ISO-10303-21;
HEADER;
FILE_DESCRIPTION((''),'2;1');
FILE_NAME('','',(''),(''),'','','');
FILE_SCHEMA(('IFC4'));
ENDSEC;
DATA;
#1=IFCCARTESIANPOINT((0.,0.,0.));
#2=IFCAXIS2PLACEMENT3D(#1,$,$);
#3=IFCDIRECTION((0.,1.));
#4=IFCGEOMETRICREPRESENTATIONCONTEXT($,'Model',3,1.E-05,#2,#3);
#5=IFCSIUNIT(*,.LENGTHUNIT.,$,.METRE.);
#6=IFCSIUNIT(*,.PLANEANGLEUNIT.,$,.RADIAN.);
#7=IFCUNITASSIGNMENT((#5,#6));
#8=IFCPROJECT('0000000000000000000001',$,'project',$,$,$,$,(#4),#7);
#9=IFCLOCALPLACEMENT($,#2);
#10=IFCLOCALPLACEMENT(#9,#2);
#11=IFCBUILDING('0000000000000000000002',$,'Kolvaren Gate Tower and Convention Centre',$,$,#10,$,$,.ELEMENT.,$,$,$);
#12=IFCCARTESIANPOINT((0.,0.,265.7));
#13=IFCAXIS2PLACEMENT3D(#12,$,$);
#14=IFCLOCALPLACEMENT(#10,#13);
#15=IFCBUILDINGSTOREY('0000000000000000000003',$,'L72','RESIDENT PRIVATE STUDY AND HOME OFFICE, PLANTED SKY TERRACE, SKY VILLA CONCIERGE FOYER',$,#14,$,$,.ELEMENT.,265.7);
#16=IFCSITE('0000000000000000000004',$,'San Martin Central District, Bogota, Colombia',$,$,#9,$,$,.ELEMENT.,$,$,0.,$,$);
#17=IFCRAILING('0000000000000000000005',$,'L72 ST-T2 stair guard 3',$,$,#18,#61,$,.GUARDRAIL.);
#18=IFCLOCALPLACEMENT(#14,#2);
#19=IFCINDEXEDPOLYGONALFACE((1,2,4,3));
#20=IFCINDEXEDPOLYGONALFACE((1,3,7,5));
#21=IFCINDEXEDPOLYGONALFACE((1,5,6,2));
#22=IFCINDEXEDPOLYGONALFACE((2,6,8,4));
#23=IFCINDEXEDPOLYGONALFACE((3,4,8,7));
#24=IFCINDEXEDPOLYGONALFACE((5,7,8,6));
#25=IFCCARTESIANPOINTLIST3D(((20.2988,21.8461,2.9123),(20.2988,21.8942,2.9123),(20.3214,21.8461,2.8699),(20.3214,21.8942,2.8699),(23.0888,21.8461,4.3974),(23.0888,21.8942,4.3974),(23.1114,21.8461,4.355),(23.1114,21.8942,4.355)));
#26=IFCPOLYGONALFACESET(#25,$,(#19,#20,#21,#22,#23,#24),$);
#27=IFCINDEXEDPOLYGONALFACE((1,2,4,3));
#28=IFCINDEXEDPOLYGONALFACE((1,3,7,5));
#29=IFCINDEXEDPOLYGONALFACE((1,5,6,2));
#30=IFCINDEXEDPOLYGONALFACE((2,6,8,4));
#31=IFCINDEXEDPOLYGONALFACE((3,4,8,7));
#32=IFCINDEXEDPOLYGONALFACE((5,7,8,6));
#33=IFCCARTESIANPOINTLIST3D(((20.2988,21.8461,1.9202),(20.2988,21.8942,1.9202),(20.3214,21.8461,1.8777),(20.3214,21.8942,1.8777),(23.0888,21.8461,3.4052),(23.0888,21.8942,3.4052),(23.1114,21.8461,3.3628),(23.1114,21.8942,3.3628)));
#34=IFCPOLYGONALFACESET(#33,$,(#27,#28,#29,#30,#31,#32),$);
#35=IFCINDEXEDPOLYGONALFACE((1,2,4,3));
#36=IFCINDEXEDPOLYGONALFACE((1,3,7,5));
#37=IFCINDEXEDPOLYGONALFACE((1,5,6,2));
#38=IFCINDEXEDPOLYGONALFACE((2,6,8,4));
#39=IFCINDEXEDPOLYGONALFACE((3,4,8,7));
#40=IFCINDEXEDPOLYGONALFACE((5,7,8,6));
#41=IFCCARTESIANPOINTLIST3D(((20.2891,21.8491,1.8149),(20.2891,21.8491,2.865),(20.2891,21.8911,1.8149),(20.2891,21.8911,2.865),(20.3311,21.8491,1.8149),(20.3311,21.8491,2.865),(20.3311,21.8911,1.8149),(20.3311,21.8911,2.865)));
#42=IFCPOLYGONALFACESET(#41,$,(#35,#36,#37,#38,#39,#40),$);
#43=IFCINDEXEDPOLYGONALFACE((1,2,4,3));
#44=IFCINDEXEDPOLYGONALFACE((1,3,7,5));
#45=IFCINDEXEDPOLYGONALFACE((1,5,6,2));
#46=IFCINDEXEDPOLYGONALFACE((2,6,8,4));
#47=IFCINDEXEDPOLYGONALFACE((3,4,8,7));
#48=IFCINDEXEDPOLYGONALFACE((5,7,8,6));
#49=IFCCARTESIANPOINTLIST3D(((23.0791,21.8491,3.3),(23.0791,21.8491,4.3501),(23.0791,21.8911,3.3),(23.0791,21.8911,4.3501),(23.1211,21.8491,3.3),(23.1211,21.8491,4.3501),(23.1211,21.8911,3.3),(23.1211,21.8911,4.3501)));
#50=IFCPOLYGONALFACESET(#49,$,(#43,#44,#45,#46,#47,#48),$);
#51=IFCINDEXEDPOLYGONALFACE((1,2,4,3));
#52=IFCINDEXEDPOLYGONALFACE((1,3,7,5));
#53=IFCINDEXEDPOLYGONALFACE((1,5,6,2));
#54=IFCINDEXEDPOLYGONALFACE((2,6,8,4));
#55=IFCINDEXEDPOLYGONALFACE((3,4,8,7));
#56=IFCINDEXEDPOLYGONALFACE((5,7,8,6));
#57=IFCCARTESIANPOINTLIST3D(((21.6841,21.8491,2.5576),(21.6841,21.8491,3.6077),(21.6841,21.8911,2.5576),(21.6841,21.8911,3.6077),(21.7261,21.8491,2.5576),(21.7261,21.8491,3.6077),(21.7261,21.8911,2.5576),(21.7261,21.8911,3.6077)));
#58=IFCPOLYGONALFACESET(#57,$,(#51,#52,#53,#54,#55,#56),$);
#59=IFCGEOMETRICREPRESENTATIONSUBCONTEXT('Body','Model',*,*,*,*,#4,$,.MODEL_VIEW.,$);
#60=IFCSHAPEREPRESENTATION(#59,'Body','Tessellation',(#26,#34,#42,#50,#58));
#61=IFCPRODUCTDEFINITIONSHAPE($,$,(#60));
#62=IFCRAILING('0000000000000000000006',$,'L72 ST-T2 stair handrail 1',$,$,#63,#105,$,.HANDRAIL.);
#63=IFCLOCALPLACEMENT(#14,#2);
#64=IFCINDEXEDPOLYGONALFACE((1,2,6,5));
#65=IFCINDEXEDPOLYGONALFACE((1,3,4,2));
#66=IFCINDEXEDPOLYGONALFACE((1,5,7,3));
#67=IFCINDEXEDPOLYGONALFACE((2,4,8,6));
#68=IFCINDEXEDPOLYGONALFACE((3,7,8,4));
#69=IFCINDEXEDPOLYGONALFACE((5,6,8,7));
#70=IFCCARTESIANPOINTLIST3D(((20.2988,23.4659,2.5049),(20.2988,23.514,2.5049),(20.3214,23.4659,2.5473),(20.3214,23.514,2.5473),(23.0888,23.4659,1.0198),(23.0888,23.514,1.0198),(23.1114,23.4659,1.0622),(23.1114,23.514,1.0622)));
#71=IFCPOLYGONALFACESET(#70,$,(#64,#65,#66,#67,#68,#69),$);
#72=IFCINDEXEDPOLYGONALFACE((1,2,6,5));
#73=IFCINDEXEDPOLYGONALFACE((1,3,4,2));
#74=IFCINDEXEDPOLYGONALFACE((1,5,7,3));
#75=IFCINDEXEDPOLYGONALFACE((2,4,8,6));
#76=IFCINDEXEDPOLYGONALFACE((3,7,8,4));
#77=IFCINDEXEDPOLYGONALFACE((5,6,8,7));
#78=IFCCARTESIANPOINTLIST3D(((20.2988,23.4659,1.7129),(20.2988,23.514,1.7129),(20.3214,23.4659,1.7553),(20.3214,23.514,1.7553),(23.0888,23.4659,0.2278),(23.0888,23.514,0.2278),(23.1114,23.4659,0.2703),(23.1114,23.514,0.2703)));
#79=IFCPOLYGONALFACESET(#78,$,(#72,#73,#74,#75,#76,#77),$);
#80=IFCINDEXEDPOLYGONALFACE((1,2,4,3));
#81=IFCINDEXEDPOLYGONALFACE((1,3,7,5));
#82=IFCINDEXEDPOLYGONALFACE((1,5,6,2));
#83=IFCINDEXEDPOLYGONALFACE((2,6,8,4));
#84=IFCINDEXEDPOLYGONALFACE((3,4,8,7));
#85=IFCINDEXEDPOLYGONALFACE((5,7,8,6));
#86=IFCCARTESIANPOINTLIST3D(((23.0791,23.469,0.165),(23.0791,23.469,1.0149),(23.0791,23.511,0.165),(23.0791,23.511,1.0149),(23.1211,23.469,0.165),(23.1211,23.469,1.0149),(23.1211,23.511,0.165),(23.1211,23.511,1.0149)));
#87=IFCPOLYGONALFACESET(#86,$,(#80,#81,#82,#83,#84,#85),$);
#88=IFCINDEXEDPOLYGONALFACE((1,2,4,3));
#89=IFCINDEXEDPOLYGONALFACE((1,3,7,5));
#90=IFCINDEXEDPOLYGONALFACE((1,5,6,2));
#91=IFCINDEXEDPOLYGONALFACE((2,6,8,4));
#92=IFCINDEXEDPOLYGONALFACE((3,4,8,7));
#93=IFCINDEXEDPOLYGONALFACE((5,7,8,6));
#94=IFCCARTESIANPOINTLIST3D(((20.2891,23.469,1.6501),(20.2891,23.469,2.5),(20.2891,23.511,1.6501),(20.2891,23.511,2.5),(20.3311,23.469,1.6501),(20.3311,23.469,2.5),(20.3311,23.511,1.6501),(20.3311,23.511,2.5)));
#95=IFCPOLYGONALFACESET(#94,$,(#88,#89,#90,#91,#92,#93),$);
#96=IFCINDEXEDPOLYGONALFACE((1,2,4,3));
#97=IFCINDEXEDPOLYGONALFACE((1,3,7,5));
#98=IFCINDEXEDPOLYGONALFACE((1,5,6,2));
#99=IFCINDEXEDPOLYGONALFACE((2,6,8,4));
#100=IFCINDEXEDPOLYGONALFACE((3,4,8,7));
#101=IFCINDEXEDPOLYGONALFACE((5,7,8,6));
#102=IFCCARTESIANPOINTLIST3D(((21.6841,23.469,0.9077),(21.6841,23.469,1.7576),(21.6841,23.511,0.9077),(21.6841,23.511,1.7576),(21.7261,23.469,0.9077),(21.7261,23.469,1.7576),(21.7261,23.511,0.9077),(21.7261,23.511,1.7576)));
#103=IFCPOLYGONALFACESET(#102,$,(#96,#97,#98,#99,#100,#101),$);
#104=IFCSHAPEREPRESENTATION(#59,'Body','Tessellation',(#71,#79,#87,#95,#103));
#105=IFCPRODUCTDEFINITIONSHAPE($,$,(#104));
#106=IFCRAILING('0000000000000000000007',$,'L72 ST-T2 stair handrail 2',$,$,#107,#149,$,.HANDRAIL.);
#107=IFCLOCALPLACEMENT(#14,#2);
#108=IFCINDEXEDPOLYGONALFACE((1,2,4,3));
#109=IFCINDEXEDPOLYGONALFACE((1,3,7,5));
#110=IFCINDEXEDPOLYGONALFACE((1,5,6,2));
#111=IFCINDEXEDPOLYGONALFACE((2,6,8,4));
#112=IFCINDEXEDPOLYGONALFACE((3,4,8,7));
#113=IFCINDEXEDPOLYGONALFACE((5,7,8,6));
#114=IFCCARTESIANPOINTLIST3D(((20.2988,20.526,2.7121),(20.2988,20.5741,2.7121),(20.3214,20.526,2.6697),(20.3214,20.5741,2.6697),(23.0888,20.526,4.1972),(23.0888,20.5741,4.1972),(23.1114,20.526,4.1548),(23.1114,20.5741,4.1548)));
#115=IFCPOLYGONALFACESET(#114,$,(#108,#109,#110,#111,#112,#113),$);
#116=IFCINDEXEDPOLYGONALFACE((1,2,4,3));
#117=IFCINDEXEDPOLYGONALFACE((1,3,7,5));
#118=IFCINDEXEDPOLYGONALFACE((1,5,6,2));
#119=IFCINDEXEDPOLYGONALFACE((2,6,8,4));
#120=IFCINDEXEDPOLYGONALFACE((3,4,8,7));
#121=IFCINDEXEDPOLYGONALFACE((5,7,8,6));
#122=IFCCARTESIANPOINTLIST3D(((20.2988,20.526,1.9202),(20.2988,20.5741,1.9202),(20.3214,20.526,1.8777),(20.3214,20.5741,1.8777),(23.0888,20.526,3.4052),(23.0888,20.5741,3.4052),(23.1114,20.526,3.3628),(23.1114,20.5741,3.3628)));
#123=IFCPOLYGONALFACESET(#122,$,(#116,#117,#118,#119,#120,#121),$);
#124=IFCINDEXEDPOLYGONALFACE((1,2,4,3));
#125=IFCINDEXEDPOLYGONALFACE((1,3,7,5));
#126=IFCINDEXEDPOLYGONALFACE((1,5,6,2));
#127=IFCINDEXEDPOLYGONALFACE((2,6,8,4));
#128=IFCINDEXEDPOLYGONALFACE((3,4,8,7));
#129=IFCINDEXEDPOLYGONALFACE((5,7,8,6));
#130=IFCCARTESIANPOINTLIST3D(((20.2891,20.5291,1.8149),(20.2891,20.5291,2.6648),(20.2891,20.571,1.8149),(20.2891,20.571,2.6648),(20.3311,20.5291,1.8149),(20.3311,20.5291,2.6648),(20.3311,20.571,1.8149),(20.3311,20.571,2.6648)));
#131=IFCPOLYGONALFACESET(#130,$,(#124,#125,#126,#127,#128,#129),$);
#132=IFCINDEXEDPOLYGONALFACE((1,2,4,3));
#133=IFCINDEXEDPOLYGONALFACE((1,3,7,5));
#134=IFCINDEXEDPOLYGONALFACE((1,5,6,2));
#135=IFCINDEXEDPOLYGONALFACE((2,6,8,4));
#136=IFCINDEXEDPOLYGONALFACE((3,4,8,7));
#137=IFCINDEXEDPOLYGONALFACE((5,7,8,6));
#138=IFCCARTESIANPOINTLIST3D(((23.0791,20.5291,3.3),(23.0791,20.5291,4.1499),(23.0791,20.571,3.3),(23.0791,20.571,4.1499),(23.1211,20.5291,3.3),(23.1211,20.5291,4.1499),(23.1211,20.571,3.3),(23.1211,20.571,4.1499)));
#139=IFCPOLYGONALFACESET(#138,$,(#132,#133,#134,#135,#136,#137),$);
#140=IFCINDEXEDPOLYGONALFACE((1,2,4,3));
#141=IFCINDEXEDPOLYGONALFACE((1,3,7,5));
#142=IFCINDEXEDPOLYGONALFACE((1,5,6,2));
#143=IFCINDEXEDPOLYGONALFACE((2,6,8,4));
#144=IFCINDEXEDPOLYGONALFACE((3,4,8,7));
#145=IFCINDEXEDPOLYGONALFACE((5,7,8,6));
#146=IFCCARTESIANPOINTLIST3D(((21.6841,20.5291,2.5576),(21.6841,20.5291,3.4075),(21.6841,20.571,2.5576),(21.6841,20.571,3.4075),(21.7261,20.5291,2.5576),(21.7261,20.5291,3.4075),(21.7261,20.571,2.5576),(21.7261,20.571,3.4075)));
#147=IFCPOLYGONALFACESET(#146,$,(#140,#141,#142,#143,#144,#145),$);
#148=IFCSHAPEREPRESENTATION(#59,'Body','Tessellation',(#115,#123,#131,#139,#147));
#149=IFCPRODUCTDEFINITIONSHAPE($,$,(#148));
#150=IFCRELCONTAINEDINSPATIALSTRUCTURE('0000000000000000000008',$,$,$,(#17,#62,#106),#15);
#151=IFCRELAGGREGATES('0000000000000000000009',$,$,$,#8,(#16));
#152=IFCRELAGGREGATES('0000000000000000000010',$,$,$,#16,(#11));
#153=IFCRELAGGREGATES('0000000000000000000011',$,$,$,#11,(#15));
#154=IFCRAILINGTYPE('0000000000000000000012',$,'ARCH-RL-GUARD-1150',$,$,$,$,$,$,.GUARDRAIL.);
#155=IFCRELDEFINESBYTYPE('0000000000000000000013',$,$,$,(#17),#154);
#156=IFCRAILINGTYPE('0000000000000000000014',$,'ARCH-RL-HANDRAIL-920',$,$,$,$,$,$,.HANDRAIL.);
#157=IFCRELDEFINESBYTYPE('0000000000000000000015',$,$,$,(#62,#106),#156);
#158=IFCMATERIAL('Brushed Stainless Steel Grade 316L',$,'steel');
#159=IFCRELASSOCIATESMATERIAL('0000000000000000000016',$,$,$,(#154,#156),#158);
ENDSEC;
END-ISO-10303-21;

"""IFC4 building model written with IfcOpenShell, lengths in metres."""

from ifc_helpers import new_model, si_unit, direction, frame, origin, origin_2d, place, context, subcontext, project, spatial, rectangle, extrude, material, type_object, element, save


model = new_model("IFC4")

# Units and contexts
model_context = context("Model", 3, precision=1e-05, world=origin(), true_north=direction((0.0, 1.0)))
body_context = subcontext(model_context, "Body", "Model", "MODEL_VIEW")
ifc_project = project(units=[si_unit("LENGTHUNIT", "METRE"), si_unit("PLANEANGLEUNIT", "RADIAN")], contexts=[model_context])

# Site, building, storey
site_placement = place(None, origin())
site = spatial("IfcSite", under=ifc_project, at=site_placement, Name="San Martin Central District, Bogota, Colombia", CompositionType="ELEMENT", RefElevation=0.0)
building_placement = place(site_placement, origin())
building = spatial("IfcBuilding", under=site, at=building_placement, Name="Kolvaren Gate Tower and Convention Centre", CompositionType="ELEMENT")
storey_placement = place(building_placement, frame((0.0, 0.0, 265.7)))
storey = spatial("IfcBuildingStorey", under=building, at=storey_placement, Name="L72", Description="RESIDENT PRIVATE STUDY AND HOME OFFICE, PLANTED SKY TERRACE, SKY VILLA CONCIERGE FOYER", CompositionType="ELEMENT", Elevation=265.7)

# Railings
ifc_material_1 = material(Name="Brushed Stainless Steel Grade 316L", Category="steel")
railing_type_1 = type_object("IfcRailingType", Name="ARCH-RL-GUARD-1150", PredefinedType="GUARDRAIL", material=ifc_material_1)
railing_1_placement = place(storey_placement, frame((20.3101, 21.8701, 1.8149)))
element("IfcRailing", 1, at=railing_1_placement, inside=storey, type_object=railing_type_1, Name="L72 ST-T2 stair guard 3", PredefinedType="GUARDRAIL", context=body_context, shape_type="SweptSolid", body=[
    extrude(rectangle(XDim=0.0481, YDim=0.0481, at=origin_2d()), frame((0.0, 0.0, 1.0762), z_axis=(0.882735, 0.0, 0.46987), x_axis=(0.0, 1.0, 0.0)), (0.0, 0.0, 1.0), 3.1606),
    extrude(rectangle(XDim=0.0481, YDim=0.0481, at=origin_2d()), frame((0.0, 0.0, 0.084), z_axis=(0.882735, 0.0, 0.46987), x_axis=(0.0, 1.0, 0.0)), (0.0, 0.0, 1.0), 3.1606),
    extrude(rectangle(XDim=0.042, YDim=0.042, at=origin_2d()), origin(), (0.0, 0.0, 1.0), 1.05),
    extrude(rectangle(XDim=0.042, YDim=0.042, at=origin_2d()), frame((2.79, 0.0, 1.4851)), (0.0, 0.0, 1.0), 1.05),
    extrude(rectangle(XDim=0.042, YDim=0.042, at=origin_2d()), frame((1.395, 0.0, 0.7427)), (0.0, 0.0, 1.0), 1.05),
])
railing_type_2 = type_object("IfcRailingType", Name="ARCH-RL-HANDRAIL-920", PredefinedType="HANDRAIL", material=ifc_material_1)
railing_2_placement = place(storey_placement, frame((23.1001, 23.49, 0.165)))
element("IfcRailing", 2, at=railing_2_placement, inside=storey, type_object=railing_type_2, Name="L72 ST-T2 stair handrail 1", PredefinedType="HANDRAIL", context=body_context, shape_type="SweptSolid", body=[
    extrude(rectangle(XDim=0.0481, YDim=0.0481, at=origin_2d()), frame((0.0, 0.0, 0.876), z_axis=(-0.882735, 0.0, 0.46987), x_axis=(0.0, -1.0, 0.0)), (0.0, 0.0, 1.0), 3.1606),
    extrude(rectangle(XDim=0.0481, YDim=0.0481, at=origin_2d()), frame((0.0, 0.0, 0.084), z_axis=(-0.882735, 0.0, 0.46987), x_axis=(0.0, -1.0, 0.0)), (0.0, 0.0, 1.0), 3.1606),
    extrude(rectangle(XDim=0.042, YDim=0.042, at=origin_2d()), origin(), (0.0, 0.0, 1.0), 0.8499),
    extrude(rectangle(XDim=0.042, YDim=0.042, at=origin_2d()), frame((-2.79, 0.0, 1.4851)), (0.0, 0.0, 1.0), 0.8499),
    extrude(rectangle(XDim=0.042, YDim=0.042, at=origin_2d()), frame((-1.395, 0.0, 0.7427)), (0.0, 0.0, 1.0), 0.8499),
])
railing_3_placement = place(storey_placement, frame((20.3101, 20.55, 1.8149)))
element("IfcRailing", 3, at=railing_3_placement, inside=storey, type_object=railing_type_2, Name="L72 ST-T2 stair handrail 2", PredefinedType="HANDRAIL", context=body_context, shape_type="SweptSolid", body=[
    extrude(rectangle(XDim=0.0481, YDim=0.0481, at=origin_2d()), frame((0.0, 0.0, 0.876), z_axis=(0.882735, 0.0, 0.46987), x_axis=(0.0, 1.0, 0.0)), (0.0, 0.0, 1.0), 3.1606),
    extrude(rectangle(XDim=0.0481, YDim=0.0481, at=origin_2d()), frame((0.0, 0.0, 0.084), z_axis=(0.882735, 0.0, 0.46987), x_axis=(0.0, 1.0, 0.0)), (0.0, 0.0, 1.0), 3.1606),
    extrude(rectangle(XDim=0.042, YDim=0.042, at=origin_2d()), origin(), (0.0, 0.0, 1.0), 0.8499),
    extrude(rectangle(XDim=0.042, YDim=0.042, at=origin_2d()), frame((2.79, 0.0, 1.4851)), (0.0, 0.0, 1.0), 0.8499),
    extrude(rectangle(XDim=0.042, YDim=0.042, at=origin_2d()), frame((1.395, 0.0, 0.7427)), (0.0, 0.0, 1.0), 0.8499),
])

save(model, "model.ifc")
